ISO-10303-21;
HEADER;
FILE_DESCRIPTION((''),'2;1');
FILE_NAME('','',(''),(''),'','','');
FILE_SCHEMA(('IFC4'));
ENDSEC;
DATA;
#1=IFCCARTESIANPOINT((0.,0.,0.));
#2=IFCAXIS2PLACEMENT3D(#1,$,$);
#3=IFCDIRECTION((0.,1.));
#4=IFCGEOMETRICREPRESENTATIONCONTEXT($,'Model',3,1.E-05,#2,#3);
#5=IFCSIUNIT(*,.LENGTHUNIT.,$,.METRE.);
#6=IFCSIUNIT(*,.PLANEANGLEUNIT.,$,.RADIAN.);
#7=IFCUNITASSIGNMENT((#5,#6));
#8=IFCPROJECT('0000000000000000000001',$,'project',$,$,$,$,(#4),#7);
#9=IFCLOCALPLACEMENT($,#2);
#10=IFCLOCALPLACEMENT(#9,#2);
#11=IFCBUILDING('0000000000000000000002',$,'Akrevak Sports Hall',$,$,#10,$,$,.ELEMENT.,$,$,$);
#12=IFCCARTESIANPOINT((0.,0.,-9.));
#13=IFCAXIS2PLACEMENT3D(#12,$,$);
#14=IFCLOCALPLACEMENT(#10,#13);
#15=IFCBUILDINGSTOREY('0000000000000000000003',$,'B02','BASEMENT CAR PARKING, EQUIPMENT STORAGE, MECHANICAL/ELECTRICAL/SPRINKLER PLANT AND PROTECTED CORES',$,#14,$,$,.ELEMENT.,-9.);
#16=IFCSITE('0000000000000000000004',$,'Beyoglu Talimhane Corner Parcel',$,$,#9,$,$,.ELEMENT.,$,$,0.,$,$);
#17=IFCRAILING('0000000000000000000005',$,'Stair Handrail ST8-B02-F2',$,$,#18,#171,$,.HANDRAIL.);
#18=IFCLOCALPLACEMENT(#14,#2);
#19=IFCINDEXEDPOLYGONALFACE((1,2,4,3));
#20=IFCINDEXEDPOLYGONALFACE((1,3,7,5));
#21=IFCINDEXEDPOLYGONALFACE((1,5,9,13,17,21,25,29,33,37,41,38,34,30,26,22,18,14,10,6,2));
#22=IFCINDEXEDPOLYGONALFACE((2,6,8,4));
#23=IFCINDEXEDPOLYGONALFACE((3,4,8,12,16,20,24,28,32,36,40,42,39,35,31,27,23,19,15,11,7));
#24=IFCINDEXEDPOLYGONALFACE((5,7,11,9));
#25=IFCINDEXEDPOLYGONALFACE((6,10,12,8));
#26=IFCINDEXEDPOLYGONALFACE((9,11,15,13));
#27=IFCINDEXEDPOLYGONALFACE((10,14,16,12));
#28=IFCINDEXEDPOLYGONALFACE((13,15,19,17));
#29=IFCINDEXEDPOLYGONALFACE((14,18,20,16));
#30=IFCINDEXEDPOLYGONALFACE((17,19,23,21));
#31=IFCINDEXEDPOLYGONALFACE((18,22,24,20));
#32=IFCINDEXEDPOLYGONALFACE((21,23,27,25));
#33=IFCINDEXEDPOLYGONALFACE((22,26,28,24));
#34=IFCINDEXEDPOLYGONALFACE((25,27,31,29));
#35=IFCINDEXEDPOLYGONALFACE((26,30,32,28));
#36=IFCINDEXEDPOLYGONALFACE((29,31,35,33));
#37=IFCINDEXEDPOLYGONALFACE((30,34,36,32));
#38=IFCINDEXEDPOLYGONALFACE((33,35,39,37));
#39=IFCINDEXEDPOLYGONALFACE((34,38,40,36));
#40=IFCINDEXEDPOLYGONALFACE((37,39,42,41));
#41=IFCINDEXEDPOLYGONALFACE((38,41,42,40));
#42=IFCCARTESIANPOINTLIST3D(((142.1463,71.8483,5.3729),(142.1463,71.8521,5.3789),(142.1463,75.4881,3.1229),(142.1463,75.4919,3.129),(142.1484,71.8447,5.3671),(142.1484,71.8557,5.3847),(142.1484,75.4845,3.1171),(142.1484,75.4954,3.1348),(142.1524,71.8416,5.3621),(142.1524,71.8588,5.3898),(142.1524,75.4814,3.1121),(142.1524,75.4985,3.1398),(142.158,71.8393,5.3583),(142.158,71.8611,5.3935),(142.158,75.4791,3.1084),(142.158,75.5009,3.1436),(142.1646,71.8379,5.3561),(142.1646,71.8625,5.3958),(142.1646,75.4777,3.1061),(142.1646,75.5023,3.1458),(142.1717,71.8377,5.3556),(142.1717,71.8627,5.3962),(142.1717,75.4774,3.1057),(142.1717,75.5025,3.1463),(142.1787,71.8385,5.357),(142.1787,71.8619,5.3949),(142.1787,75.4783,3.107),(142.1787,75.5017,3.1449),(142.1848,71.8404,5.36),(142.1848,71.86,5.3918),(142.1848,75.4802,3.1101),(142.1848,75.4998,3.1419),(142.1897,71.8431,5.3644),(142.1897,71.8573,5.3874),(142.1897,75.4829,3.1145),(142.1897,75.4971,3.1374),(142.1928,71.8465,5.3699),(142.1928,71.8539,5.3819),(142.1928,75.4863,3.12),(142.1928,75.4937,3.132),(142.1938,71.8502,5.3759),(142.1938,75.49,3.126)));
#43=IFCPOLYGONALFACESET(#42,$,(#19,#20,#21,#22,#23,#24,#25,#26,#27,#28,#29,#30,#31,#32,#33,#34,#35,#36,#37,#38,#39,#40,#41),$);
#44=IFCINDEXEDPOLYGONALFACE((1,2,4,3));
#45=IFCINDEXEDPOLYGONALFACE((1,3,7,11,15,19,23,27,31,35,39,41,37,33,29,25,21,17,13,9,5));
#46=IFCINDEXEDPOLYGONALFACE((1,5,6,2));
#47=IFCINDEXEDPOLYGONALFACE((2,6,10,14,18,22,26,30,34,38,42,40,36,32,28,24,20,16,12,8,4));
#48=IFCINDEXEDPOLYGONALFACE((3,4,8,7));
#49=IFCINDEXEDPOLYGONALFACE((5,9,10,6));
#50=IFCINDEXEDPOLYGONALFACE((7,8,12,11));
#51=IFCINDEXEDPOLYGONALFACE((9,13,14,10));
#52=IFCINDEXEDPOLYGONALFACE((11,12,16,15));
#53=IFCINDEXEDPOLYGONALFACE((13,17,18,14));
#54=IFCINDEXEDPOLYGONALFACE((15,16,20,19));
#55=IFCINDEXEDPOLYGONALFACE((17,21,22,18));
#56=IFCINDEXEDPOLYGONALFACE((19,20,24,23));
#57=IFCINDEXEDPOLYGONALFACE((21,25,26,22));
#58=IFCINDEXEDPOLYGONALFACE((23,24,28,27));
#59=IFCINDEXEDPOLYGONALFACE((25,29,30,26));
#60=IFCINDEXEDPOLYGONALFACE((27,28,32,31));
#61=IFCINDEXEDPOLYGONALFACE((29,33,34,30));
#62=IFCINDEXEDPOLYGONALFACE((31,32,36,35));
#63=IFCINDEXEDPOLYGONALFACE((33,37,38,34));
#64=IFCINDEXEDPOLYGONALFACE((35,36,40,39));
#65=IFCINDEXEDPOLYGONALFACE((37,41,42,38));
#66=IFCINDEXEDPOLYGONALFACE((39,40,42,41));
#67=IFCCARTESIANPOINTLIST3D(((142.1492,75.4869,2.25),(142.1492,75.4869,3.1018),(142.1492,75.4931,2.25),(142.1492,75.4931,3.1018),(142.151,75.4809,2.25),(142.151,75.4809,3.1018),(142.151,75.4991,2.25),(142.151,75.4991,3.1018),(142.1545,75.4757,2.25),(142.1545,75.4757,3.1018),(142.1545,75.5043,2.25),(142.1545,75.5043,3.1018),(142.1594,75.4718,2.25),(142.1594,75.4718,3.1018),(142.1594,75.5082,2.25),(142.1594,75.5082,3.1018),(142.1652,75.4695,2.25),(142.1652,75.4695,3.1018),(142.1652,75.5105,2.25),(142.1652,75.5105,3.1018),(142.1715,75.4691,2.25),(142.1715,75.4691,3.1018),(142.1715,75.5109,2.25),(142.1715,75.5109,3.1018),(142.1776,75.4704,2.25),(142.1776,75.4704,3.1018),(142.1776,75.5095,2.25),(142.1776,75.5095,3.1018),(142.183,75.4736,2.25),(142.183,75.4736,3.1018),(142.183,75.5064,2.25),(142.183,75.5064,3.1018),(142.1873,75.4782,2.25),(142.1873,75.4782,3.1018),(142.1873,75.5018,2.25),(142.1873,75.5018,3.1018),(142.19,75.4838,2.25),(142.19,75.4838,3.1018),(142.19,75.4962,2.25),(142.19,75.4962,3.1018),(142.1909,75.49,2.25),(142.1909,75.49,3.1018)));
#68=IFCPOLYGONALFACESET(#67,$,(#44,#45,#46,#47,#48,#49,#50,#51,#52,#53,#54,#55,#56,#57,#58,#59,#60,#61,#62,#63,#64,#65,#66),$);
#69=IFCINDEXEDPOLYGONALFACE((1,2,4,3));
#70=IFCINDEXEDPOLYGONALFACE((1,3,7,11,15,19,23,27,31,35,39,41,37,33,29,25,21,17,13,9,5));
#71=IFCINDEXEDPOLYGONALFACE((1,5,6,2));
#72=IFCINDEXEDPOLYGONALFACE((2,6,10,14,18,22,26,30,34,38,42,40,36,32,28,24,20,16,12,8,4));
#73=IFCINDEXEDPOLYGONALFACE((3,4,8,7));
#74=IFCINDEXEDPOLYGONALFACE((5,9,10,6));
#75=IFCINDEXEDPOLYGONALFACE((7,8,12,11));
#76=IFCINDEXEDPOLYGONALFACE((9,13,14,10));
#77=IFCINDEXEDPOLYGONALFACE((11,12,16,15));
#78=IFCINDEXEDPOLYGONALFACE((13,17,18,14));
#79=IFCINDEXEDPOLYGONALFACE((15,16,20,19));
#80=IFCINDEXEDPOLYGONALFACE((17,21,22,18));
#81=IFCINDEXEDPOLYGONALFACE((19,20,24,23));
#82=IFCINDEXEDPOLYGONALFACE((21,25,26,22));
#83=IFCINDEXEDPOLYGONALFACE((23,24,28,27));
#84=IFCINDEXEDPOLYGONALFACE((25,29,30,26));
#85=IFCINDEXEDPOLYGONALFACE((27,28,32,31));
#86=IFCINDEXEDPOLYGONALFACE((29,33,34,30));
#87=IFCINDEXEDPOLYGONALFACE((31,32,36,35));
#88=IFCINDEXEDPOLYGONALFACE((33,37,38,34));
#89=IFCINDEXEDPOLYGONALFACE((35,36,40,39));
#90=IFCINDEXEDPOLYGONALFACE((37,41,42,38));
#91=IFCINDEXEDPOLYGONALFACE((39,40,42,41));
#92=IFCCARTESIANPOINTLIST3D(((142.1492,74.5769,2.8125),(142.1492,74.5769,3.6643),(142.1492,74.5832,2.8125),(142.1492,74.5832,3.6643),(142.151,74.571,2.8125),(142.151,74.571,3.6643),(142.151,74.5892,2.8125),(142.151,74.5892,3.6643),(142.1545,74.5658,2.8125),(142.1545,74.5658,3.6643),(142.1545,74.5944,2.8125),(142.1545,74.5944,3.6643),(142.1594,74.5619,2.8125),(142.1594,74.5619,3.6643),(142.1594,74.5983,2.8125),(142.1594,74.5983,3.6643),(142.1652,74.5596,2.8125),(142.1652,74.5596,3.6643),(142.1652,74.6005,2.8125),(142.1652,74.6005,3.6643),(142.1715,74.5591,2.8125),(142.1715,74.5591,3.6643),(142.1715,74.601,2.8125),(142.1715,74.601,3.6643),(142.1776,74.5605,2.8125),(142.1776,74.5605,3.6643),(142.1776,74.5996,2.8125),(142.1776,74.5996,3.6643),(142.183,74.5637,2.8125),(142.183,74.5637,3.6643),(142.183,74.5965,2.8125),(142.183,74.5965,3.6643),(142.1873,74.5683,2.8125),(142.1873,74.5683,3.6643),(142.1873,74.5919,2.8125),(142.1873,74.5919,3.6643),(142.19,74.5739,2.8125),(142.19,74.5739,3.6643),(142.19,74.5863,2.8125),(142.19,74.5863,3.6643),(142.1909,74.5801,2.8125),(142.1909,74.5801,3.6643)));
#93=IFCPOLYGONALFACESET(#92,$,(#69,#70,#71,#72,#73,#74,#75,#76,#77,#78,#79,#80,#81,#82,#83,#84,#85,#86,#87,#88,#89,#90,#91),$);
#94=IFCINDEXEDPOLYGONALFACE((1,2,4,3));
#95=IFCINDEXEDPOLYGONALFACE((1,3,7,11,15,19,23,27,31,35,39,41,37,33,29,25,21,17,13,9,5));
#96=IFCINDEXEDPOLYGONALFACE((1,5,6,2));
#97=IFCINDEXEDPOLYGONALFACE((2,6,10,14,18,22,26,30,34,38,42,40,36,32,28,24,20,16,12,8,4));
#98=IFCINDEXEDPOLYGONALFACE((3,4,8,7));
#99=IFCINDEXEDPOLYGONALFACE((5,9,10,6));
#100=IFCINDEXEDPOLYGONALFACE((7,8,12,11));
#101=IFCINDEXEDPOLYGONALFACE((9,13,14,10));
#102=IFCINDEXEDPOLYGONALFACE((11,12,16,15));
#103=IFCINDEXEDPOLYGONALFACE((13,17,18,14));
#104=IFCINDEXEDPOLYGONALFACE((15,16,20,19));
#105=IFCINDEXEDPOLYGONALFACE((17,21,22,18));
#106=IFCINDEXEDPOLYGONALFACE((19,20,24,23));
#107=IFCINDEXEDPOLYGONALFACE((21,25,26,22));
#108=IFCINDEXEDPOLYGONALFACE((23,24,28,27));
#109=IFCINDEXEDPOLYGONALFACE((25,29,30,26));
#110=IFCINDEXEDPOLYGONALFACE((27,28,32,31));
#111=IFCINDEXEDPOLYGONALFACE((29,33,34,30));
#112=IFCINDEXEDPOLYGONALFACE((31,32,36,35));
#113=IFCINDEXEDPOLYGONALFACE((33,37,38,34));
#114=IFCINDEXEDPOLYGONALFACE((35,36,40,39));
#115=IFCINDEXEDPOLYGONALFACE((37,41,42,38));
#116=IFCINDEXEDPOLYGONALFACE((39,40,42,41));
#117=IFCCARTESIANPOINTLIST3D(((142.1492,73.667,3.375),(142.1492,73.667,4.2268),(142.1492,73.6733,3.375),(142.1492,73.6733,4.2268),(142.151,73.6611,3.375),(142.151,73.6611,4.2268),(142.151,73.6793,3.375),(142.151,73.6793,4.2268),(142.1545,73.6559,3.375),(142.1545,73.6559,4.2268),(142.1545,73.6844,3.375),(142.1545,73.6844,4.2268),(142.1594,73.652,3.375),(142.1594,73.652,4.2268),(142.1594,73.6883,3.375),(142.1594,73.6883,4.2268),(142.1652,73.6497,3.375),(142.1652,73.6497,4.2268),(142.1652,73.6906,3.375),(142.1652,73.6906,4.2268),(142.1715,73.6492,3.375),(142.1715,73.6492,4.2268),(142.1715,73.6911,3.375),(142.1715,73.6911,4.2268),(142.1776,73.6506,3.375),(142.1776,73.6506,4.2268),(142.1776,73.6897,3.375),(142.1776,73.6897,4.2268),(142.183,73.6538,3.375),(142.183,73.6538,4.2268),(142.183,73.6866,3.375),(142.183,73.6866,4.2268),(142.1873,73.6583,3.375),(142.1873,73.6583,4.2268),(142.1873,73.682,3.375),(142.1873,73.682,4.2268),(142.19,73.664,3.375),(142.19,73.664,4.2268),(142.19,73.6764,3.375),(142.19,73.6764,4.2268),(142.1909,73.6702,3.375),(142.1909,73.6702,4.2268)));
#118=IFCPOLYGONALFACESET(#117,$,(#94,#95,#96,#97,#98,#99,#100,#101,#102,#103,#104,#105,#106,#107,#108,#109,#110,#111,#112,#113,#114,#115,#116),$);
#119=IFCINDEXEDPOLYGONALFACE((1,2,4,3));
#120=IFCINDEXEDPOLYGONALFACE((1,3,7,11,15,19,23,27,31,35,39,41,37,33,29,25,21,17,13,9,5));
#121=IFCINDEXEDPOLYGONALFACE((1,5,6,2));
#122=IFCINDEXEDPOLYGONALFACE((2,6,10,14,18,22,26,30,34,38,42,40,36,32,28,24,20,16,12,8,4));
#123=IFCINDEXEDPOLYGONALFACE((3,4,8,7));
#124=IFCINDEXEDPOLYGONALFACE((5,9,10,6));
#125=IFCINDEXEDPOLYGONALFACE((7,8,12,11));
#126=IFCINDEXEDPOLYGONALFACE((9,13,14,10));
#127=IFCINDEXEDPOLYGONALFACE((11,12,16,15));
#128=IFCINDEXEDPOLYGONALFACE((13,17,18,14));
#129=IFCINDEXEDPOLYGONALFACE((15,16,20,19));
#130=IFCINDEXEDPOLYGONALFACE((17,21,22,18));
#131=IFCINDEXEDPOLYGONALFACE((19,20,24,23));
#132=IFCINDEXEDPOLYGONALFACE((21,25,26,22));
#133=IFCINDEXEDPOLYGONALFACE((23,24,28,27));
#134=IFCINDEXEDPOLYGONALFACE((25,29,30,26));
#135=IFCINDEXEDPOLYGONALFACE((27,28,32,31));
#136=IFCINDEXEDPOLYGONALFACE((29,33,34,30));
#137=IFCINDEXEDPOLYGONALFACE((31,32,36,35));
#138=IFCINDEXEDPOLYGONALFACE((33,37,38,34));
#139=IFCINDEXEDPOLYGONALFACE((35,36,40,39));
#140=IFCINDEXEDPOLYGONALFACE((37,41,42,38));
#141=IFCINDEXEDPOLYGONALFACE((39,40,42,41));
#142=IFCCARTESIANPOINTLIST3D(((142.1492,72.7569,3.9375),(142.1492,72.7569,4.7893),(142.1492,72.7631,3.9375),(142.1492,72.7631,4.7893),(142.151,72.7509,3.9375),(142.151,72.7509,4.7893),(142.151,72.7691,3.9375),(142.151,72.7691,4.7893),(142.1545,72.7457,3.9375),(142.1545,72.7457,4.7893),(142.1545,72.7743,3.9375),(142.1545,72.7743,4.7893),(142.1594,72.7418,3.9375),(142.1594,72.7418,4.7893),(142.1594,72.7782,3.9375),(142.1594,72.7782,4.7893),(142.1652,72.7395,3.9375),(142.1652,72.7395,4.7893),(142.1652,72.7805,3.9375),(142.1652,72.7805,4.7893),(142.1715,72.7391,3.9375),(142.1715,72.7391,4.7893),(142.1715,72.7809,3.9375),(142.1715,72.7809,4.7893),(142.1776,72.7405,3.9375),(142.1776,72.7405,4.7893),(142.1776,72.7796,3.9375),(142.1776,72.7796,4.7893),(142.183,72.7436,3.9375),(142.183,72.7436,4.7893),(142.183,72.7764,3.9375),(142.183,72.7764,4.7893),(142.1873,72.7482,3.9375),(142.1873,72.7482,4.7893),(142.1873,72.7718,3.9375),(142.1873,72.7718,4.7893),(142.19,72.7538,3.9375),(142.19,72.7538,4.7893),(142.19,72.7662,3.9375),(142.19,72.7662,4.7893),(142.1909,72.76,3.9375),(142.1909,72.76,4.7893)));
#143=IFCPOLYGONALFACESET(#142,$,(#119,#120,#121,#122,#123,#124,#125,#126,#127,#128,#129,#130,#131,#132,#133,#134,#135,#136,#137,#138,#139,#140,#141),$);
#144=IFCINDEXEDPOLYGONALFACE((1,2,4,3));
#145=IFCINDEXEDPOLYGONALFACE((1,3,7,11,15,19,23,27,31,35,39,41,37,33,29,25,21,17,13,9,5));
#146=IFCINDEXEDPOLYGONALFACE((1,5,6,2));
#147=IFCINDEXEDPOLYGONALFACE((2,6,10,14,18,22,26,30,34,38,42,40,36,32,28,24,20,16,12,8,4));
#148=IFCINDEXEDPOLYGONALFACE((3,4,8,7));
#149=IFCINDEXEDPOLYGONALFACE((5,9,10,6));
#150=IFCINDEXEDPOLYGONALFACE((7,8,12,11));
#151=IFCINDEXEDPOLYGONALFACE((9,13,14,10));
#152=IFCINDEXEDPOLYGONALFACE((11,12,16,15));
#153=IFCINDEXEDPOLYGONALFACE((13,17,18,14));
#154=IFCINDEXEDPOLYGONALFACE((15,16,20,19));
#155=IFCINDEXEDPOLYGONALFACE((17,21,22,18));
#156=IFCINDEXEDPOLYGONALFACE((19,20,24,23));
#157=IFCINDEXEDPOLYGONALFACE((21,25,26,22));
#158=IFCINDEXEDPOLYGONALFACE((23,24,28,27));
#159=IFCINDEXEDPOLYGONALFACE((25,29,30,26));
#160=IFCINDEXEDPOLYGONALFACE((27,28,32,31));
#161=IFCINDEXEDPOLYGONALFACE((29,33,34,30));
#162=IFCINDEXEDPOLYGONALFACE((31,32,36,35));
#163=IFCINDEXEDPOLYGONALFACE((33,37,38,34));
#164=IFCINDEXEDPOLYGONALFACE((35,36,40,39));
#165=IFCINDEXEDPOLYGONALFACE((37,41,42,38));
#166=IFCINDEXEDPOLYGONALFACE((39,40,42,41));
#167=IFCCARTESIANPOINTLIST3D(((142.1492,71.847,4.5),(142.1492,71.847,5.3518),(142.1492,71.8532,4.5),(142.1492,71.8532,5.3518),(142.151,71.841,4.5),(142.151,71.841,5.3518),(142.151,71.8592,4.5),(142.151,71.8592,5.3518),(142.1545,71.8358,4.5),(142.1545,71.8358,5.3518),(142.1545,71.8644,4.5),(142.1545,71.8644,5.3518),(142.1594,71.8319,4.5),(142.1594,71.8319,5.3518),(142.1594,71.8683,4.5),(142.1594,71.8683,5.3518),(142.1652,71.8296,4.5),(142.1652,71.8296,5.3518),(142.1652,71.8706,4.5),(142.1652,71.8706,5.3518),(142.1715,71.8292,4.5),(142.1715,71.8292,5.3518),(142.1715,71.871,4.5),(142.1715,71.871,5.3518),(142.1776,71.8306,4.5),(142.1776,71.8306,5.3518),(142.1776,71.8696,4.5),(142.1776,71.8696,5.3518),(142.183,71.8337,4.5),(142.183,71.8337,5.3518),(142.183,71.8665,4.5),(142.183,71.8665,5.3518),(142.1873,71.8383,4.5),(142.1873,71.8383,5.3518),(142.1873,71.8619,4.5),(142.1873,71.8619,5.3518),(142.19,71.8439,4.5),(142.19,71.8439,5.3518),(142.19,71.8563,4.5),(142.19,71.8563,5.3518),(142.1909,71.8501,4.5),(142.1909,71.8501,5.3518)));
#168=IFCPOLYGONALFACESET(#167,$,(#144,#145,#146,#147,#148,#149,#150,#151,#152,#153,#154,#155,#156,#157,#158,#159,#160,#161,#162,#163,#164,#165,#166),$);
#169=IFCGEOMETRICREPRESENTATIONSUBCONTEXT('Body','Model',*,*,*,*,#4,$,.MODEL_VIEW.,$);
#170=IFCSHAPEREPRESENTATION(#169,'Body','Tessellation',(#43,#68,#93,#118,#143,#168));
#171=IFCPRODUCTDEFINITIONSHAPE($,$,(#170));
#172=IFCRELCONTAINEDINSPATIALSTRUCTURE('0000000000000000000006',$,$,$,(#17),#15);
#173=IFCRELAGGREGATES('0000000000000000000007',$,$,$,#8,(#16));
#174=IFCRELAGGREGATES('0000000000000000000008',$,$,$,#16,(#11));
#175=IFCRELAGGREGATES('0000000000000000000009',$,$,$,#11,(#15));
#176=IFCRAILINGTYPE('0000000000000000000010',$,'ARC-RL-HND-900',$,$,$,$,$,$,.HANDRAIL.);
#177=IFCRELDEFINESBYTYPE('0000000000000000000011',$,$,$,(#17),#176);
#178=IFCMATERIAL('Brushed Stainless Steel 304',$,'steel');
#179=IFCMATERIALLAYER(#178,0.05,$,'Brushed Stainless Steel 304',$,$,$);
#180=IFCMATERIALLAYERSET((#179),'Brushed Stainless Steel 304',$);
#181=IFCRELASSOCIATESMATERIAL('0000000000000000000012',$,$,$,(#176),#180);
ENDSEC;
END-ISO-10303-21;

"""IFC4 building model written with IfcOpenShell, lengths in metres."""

from ifc_helpers import new_model, si_unit, direction, frame, origin, origin_2d, place, context, subcontext, project, spatial, circle, extrude, material, layer, layer_set, type_object, element, save


model = new_model("IFC4")

# Units and contexts
model_context = context("Model", 3, precision=1e-05, world=origin(), true_north=direction((0.0, 1.0)))
body_context = subcontext(model_context, "Body", "Model", "MODEL_VIEW")
ifc_project = project(units=[si_unit("LENGTHUNIT", "METRE"), si_unit("PLANEANGLEUNIT", "RADIAN")], contexts=[model_context])

# Site, building, storey
site_placement = place(None, origin())
site = spatial("IfcSite", under=ifc_project, at=site_placement, Name="Beyoglu Talimhane Corner Parcel", CompositionType="ELEMENT", RefElevation=0.0)
building_placement = place(site_placement, origin())
building = spatial("IfcBuilding", under=site, at=building_placement, Name="Akrevak Sports Hall", CompositionType="ELEMENT")
storey_placement = place(building_placement, frame((0.0, 0.0, -9.0)))
storey = spatial("IfcBuildingStorey", under=building, at=storey_placement, Name="B02", Description="BASEMENT CAR PARKING, EQUIPMENT STORAGE, MECHANICAL/ELECTRICAL/SPRINKLER PLANT AND PROTECTED CORES", CompositionType="ELEMENT", Elevation=-9.0)

# Railing
ifc_material_1 = material(Name="Brushed Stainless Steel 304", Category="steel")
ifc_layer_1 = layer(ifc_material_1, 0.05, Name="Brushed Stainless Steel 304")
ifc_layer_set_1 = layer_set([ifc_layer_1], Name="Brushed Stainless Steel 304")
railing_type_1 = type_object("IfcRailingType", Name="ARC-RL-HND-900", PredefinedType="HANDRAIL", material=ifc_layer_set_1)
railing_1_placement = place(storey_placement, frame((142.1699, 75.49, 2.25)))
element("IfcRailing", 1, at=railing_1_placement, inside=storey, type_object=railing_type_1, Name="Stair Handrail ST8-B02-F2", PredefinedType="HANDRAIL", context=body_context, shape_type="SweptSolid", body=[
    extrude(circle(Radius=0.0239, at=origin_2d()), frame((0.0, 0.0, 0.876), z_axis=(0.0, -0.850607, 0.525803), x_axis=(1.0, 0.0, 0.0)), (0.0, 0.0, 1.0), 4.2791),
    extrude(circle(Radius=0.021, at=origin_2d()), origin(), (0.0, 0.0, 1.0), 0.8518),
    extrude(circle(Radius=0.021, at=origin_2d()), frame((0.0, -0.9099, 0.5625)), (0.0, 0.0, 1.0), 0.8518),
    extrude(circle(Radius=0.021, at=origin_2d()), frame((0.0, -1.8198, 1.125)), (0.0, 0.0, 1.0), 0.8518),
    extrude(circle(Radius=0.021, at=origin_2d()), frame((0.0, -2.73, 1.6875)), (0.0, 0.0, 1.0), 0.8518),
    extrude(circle(Radius=0.021, at=origin_2d()), frame((0.0, -3.6399, 2.25)), (0.0, 0.0, 1.0), 0.8518),
])

save(model, "model.ifc")
